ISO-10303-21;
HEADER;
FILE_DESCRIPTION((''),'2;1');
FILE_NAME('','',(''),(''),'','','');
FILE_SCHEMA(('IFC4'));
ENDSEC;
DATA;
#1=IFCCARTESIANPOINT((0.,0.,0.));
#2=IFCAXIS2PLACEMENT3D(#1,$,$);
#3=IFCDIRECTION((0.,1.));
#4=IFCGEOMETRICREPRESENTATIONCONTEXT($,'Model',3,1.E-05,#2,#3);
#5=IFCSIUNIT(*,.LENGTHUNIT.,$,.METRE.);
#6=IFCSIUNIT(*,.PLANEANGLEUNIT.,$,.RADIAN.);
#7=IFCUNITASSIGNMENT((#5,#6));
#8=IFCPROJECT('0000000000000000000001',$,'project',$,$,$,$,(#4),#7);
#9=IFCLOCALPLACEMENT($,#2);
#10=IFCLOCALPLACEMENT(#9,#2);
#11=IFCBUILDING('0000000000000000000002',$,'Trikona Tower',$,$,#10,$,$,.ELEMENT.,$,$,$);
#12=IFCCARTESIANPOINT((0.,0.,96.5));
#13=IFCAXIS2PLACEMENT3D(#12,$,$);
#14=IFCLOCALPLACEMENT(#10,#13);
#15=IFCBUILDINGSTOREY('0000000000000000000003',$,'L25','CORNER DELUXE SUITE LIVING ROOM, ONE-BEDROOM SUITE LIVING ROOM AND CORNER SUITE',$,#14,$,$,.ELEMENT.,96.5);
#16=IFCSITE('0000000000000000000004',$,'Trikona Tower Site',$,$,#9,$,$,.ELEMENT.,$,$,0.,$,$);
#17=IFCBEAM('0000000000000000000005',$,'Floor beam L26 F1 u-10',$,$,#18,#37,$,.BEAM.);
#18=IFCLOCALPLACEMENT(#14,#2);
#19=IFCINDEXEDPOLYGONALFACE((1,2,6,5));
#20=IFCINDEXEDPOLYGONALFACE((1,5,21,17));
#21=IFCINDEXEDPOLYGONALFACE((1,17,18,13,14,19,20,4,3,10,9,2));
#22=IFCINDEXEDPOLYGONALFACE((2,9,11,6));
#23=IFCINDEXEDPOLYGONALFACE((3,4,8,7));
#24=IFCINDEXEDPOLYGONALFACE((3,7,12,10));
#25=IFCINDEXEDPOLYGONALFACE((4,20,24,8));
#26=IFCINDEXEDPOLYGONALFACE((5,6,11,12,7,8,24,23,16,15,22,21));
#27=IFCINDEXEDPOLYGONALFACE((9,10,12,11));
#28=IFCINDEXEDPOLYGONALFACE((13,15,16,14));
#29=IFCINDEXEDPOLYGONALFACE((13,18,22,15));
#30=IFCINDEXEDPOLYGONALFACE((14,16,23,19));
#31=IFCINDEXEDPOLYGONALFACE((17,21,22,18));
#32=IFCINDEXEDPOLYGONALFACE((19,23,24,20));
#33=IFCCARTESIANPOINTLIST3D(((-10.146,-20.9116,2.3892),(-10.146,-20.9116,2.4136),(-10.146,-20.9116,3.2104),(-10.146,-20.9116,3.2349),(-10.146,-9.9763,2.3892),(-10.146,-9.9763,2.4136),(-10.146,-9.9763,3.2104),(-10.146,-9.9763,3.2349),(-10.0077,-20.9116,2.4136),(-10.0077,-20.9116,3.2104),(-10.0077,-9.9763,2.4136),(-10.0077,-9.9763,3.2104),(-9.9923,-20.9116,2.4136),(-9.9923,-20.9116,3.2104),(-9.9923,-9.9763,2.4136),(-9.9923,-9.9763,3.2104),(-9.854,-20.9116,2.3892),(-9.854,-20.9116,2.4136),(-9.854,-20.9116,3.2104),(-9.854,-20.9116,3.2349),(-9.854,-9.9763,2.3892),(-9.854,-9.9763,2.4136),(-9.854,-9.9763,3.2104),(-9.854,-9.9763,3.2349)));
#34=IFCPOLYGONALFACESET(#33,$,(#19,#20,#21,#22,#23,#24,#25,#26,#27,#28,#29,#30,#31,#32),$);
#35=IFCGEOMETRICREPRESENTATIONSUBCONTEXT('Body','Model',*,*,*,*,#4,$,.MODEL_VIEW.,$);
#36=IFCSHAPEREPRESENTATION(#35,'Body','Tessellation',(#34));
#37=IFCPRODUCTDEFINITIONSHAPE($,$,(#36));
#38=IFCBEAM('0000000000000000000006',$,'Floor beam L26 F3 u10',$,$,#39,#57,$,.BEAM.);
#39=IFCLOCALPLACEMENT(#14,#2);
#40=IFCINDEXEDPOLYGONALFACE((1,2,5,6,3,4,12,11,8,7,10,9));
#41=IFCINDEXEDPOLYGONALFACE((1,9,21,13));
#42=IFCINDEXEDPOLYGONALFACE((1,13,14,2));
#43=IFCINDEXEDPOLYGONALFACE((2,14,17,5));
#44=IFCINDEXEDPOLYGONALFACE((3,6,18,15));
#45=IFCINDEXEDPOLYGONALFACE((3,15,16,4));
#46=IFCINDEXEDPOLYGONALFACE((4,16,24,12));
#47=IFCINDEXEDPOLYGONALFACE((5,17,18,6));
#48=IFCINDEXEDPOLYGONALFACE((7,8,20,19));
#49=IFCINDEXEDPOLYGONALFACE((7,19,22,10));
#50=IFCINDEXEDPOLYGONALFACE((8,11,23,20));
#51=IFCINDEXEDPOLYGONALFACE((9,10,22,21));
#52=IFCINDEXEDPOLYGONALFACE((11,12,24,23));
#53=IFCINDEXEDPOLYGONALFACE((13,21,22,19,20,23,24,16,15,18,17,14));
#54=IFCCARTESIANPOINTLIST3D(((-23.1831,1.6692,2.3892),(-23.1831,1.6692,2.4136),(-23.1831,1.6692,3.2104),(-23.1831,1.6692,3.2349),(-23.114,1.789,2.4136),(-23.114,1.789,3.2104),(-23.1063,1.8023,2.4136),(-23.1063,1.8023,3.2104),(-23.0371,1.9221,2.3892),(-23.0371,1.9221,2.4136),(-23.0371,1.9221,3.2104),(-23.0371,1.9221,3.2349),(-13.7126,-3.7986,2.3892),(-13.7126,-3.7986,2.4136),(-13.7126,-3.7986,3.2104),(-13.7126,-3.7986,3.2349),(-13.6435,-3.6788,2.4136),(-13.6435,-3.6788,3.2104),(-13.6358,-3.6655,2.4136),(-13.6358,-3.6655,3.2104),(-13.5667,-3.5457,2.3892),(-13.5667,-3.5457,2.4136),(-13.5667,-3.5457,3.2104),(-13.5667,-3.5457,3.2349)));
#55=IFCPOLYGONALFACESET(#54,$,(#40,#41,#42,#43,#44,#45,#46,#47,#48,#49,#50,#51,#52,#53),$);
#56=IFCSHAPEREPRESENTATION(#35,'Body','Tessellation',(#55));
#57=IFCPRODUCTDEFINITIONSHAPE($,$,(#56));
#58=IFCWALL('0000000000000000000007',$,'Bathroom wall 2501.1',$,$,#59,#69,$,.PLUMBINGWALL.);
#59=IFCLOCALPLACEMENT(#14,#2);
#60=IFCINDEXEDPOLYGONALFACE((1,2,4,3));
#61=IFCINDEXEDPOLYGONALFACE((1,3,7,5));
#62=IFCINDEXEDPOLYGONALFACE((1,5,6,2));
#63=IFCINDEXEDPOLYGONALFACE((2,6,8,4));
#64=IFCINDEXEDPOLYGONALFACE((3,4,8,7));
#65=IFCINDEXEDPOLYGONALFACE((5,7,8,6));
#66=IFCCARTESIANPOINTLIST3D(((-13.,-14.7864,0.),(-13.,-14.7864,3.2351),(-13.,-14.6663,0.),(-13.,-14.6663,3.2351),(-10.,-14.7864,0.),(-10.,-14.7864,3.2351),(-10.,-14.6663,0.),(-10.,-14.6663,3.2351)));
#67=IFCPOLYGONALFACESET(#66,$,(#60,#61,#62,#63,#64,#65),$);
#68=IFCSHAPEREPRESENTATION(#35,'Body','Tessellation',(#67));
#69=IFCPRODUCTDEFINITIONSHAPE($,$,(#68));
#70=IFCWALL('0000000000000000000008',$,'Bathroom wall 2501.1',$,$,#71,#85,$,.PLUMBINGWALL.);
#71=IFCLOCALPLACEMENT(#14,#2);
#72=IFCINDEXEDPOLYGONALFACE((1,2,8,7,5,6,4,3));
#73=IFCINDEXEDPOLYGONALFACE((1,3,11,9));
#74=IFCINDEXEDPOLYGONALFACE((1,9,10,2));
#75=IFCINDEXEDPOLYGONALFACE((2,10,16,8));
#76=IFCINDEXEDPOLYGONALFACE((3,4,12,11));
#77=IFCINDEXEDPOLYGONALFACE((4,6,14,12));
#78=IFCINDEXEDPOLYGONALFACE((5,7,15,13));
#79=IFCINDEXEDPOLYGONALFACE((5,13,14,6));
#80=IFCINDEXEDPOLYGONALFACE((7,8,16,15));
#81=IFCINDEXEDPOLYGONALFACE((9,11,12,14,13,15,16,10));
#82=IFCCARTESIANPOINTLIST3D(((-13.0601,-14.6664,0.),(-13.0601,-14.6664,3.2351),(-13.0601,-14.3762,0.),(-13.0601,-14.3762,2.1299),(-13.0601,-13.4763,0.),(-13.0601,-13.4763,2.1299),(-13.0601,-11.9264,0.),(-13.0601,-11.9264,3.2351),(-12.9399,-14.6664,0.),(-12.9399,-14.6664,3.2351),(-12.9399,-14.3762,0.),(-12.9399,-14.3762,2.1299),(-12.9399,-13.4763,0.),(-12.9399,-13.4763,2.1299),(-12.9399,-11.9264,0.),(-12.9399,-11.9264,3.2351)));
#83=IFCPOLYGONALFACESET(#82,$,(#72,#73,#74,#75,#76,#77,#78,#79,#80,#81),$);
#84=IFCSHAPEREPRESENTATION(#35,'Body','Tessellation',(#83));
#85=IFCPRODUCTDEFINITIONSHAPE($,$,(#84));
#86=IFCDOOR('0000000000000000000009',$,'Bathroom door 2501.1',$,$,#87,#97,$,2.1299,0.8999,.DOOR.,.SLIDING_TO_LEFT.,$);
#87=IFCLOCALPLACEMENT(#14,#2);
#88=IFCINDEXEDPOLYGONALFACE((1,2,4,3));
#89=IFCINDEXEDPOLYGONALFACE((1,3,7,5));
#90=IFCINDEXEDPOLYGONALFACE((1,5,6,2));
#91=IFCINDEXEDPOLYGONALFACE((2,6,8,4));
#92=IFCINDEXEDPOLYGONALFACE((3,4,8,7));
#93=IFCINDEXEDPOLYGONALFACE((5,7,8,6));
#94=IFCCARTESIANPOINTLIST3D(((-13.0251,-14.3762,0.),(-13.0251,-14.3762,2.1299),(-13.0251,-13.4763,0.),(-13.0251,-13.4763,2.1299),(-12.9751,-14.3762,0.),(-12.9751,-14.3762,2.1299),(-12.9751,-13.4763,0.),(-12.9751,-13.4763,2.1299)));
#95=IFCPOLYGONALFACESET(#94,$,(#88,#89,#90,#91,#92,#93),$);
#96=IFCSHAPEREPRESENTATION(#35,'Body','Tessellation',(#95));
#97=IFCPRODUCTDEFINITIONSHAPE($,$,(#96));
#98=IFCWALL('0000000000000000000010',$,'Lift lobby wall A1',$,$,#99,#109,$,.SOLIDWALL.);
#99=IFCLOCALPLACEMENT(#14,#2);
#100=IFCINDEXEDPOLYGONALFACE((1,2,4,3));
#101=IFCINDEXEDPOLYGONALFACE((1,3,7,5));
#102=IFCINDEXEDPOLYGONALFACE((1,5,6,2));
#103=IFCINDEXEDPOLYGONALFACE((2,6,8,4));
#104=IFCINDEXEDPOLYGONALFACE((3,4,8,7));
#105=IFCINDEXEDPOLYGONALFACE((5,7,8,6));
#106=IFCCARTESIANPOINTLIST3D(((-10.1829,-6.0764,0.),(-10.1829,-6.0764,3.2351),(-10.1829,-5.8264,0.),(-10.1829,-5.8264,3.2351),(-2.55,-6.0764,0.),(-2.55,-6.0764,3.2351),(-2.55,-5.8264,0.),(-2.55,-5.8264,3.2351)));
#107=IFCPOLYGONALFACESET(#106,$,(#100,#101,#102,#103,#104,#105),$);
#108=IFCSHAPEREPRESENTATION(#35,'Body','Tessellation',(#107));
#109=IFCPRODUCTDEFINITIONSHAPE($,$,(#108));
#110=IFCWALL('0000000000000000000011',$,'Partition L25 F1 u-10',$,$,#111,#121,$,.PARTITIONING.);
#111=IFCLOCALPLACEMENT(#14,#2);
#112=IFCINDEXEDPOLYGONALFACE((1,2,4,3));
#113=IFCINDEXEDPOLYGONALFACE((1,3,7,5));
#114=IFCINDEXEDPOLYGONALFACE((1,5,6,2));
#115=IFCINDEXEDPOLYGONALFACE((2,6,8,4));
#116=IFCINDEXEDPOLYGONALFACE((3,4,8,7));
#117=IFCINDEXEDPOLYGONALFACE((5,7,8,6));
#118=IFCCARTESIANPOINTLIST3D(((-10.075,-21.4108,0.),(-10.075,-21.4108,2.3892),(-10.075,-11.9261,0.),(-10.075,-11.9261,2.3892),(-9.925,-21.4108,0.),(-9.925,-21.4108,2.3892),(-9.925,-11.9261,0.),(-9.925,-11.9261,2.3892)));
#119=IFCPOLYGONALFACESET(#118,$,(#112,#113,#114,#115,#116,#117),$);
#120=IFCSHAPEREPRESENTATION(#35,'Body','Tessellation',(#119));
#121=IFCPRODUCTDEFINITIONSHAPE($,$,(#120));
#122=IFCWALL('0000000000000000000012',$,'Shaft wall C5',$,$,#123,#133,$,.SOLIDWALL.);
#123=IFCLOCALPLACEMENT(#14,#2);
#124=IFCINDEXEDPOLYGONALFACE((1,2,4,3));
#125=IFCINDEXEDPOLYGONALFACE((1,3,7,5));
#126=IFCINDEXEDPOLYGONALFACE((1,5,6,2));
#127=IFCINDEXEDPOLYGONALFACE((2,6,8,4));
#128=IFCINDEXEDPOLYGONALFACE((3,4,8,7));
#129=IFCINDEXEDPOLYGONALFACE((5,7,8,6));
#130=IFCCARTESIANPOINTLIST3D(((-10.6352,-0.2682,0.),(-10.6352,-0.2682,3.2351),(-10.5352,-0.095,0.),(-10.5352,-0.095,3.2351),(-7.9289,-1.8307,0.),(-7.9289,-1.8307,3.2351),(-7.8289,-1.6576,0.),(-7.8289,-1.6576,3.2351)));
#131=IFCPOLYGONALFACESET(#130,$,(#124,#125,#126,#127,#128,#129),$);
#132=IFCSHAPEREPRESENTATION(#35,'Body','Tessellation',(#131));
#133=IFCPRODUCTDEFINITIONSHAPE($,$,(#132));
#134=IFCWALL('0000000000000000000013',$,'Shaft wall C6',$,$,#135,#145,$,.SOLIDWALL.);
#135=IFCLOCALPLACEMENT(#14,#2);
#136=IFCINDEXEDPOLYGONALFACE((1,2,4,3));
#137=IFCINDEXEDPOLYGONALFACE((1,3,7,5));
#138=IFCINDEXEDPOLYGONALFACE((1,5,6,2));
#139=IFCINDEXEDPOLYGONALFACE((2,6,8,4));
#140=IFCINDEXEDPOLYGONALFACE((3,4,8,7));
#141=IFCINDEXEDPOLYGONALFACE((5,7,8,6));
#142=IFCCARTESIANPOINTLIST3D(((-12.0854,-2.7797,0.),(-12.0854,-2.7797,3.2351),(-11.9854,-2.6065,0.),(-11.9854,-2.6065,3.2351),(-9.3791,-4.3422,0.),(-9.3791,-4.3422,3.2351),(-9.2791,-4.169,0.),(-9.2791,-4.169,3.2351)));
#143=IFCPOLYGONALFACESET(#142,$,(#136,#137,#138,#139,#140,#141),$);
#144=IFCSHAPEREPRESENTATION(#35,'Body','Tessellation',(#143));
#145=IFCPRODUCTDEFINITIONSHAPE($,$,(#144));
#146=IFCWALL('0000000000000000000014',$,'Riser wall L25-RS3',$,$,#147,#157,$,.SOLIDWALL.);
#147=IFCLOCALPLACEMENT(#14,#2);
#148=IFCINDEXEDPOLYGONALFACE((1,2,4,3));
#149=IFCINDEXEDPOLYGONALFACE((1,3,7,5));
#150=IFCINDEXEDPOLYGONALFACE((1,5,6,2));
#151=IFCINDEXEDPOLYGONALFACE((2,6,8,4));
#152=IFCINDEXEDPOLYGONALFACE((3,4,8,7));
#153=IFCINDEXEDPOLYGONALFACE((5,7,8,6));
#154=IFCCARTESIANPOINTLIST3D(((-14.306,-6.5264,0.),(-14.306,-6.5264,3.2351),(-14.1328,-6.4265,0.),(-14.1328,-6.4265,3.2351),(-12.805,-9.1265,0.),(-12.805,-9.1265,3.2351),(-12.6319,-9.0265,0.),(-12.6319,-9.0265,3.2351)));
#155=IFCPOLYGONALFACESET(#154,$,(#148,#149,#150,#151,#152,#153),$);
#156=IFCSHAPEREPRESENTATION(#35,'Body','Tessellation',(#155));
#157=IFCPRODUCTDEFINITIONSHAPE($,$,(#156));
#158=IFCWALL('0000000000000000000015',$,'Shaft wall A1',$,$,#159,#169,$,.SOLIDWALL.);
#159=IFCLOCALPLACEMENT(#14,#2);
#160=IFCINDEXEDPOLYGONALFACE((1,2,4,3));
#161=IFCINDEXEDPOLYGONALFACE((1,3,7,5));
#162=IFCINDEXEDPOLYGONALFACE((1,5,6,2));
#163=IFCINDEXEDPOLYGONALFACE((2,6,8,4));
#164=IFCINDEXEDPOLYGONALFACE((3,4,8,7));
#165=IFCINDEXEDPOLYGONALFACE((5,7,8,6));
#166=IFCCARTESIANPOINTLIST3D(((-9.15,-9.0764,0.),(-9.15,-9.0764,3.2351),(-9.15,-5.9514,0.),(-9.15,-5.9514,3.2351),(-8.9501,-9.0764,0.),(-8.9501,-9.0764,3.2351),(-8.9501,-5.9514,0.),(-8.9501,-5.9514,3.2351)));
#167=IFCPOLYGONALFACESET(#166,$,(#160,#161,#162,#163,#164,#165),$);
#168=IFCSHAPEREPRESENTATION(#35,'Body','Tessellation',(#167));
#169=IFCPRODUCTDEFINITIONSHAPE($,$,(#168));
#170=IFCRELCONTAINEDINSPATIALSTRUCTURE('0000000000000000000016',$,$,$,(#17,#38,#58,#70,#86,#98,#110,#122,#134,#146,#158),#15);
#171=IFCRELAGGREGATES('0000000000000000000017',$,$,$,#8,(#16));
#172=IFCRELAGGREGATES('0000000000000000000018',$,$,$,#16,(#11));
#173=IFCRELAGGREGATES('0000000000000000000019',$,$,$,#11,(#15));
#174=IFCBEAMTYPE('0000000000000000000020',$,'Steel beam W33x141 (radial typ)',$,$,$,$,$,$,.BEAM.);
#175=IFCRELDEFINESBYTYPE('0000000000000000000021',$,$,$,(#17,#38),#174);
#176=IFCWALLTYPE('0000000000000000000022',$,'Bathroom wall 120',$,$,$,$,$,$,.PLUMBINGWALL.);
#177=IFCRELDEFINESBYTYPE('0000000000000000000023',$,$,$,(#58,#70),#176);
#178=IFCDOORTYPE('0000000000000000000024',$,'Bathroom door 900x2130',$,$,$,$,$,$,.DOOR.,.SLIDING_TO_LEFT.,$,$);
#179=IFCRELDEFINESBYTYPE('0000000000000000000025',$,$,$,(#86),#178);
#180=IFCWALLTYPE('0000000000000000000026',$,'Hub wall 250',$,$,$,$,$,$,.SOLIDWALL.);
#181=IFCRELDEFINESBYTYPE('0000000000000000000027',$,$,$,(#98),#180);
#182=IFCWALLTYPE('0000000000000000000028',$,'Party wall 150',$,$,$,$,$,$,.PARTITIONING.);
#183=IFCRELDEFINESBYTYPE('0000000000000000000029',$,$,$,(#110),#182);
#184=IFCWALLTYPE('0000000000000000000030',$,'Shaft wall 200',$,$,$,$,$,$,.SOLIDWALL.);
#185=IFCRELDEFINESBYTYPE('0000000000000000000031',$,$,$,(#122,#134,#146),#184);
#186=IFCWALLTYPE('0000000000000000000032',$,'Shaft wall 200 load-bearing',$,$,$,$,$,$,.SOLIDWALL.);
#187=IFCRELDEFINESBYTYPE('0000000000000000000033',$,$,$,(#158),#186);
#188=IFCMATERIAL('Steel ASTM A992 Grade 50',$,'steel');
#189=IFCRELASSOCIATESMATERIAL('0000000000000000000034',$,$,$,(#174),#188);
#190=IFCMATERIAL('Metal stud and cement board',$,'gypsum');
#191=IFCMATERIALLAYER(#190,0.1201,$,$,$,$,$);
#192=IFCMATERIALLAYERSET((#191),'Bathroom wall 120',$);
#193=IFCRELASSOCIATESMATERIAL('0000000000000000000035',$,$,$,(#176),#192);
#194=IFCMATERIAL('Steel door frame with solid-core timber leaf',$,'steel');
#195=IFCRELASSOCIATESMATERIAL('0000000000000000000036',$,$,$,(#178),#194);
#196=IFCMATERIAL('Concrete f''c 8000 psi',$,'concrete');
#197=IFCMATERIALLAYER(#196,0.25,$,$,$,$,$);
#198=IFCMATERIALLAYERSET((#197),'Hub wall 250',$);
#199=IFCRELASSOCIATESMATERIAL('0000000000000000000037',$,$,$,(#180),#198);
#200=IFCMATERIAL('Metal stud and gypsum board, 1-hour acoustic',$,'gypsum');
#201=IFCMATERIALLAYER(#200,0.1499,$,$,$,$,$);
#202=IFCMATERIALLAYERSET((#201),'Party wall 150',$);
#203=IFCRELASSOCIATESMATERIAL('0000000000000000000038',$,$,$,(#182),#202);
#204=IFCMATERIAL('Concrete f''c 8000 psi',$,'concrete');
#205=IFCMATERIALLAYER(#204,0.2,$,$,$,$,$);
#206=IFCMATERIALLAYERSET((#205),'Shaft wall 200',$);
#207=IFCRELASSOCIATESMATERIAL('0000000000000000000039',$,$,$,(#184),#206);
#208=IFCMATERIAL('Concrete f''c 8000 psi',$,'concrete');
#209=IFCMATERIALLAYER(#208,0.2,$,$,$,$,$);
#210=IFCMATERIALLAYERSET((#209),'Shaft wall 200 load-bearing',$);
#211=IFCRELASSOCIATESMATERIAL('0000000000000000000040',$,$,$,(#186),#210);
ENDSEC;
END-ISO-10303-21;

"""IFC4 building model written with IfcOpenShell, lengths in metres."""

from ifc_helpers import new_model, si_unit, direction, frame, frame_2d, origin, origin_2d, place, context, subcontext, project, spatial, rectangle, i_section, extrude, material, layer, layer_set, material_profile, profile_set, type_object, element, fill, save


model = new_model("IFC4")

# Units and contexts
model_context = context("Model", 3, precision=1e-05, world=origin(), true_north=direction((0.0, 1.0)))
body_context = subcontext(model_context, "Body", "Model", "MODEL_VIEW")
ifc_project = project(units=[si_unit("LENGTHUNIT", "METRE"), si_unit("PLANEANGLEUNIT", "RADIAN")], contexts=[model_context])

# Site, building, storey
site_placement = place(None, origin())
site = spatial("IfcSite", under=ifc_project, at=site_placement, Name="Trikona Tower Site", CompositionType="ELEMENT", RefElevation=0.0)
building_placement = place(site_placement, origin())
building = spatial("IfcBuilding", under=site, at=building_placement, Name="Trikona Tower", CompositionType="ELEMENT")
storey_placement = place(building_placement, frame((0.0, 0.0, 96.5)))
storey = spatial("IfcBuildingStorey", under=building, at=storey_placement, Name="L25", Description="CORNER DELUXE SUITE LIVING ROOM, ONE-BEDROOM SUITE LIVING ROOM AND CORNER SUITE", CompositionType="ELEMENT", Elevation=96.5)

# Beams
ifc_material_1 = material(Name="Steel ASTM A992 Grade 50", Category="steel")
ifc_material_profile = material_profile(ifc_material_1, i_section(OverallWidth=0.292, OverallDepth=0.8457, WebThickness=0.0154, FlangeThickness=0.0244, at=origin_2d()), Name="W33X141")
ifc_profile_set = profile_set([ifc_material_profile], Name="Steel ASTM A992 Grade 50")
beam_type = type_object("IfcBeamType", Name="Steel beam W33x141 (radial typ)", PredefinedType="BEAM", material=ifc_profile_set)
beam_1_placement = place(storey_placement, frame((-10.0, -9.9763, 2.812), z_axis=(0.0, -1.0, 0.0), x_axis=(1.0, 0.0, 0.0)))
element("IfcBeam", 1, at=beam_1_placement, inside=storey, type_object=beam_type, Name="Floor beam L26 F1 u-10", PredefinedType="BEAM", context=body_context, shape_type="SweptSolid", body=[
    extrude(i_section(OverallWidth=0.292, OverallDepth=0.8457, WebThickness=0.0154, FlangeThickness=0.0244, at=origin_2d()), origin(), (0.0, 0.0, 1.0), 10.9353),
])
beam_2_placement = place(storey_placement, frame((-13.6396, -3.6721, 2.812), z_axis=(-0.866025, 0.5, 0.0), x_axis=(-0.5, -0.866025, 0.0)))
element("IfcBeam", 2, at=beam_2_placement, inside=storey, type_object=beam_type, Name="Floor beam L26 F3 u10", PredefinedType="BEAM", context=body_context, shape_type="SweptSolid", body=[
    extrude(i_section(OverallWidth=0.292, OverallDepth=0.8457, WebThickness=0.0154, FlangeThickness=0.0244, at=origin_2d()), origin(), (0.0, 0.0, 1.0), 10.9355),
])

# Wall
ifc_material_2 = material(Name="Metal stud and cement board", Category="gypsum")
ifc_layer_1 = layer(ifc_material_2, 0.1201)
ifc_layer_set_1 = layer_set([ifc_layer_1], Name="Bathroom wall 120")
wall_type_1 = type_object("IfcWallType", Name="Bathroom wall 120", PredefinedType="PLUMBINGWALL", material=ifc_layer_set_1)
wall_1_placement = place(storey_placement, frame((-13.0, -14.7263, 0.0), z_axis=(0.0, 0.0, 1.0), x_axis=(1.0, 0.0, 0.0)))
element("IfcWall", 3, at=wall_1_placement, inside=storey, type_object=wall_type_1, Name="Bathroom wall 2501.1", PredefinedType="PLUMBINGWALL", context=body_context, shape_type="SweptSolid", body=[
    extrude(rectangle(XDim=3.0, YDim=0.1201, at=frame_2d((1.5, 0.0))), origin(), (0.0, 0.0, 1.0), 3.2351),
])

# Wall, opening, door
wall_2_placement = place(storey_placement, frame((-13.0, -11.9263, 0.0), z_axis=(0.0, 0.0, 1.0), x_axis=(0.0, -1.0, 0.0)))
wall_2 = element("IfcWall", 4, at=wall_2_placement, inside=storey, type_object=wall_type_1, Name="Bathroom wall 2501.1", PredefinedType="PLUMBINGWALL", context=body_context, shape_type="SweptSolid", body=[
    extrude(rectangle(XDim=2.74, YDim=0.1201, at=frame_2d((1.3701, 0.0))), origin(), (0.0, 0.0, 1.0), 3.2351),
])
opening_1_placement = place(wall_2_placement, frame((1.55, 0.0, 0.0)))
opening_1 = element("IfcOpeningElement", 5, at=opening_1_placement, cuts=wall_2, PredefinedType="OPENING", context=body_context, shape_type="SweptSolid", body=[
    extrude(rectangle(XDim=0.8999, YDim=2.1299, at=frame_2d((0.45, 1.0649))), frame((0.0, 0.0701, 0.0), z_axis=(0.0, -1.0, 0.0), x_axis=(1.0, 0.0, 0.0)), (0.0, 0.0, 1.0), 0.1401),
])
ifc_material_3 = material(Name="Steel door frame with solid-core timber leaf", Category="steel")
door_type_1 = type_object("IfcDoorType", Name="Bathroom door 900x2130", OperationType="SLIDING_TO_LEFT", PredefinedType="DOOR", material=ifc_material_3)
door_1_placement = place(opening_1_placement, origin())
door_1 = element("IfcDoor", 6, at=door_1_placement, inside=storey, type_object=door_type_1, Name="Bathroom door 2501.1", OperationType="SLIDING_TO_LEFT", OverallHeight=2.1299, OverallWidth=0.8999, PredefinedType="DOOR", context=body_context, shape_type="SweptSolid", body=[
    extrude(rectangle(XDim=0.8999, YDim=2.1299, at=frame_2d((0.45, 1.0649))), frame((0.0, 0.0249, 0.0), z_axis=(0.0, -1.0, 0.0), x_axis=(1.0, 0.0, 0.0)), (0.0, 0.0, 1.0), 0.05),
])
fill(opening_1, door_1)

# Walls
ifc_material_4 = material(Name="Concrete f'c 8000 psi", Category="concrete")
ifc_layer_2 = layer(ifc_material_4, 0.25)
ifc_layer_set_2 = layer_set([ifc_layer_2], Name="Hub wall 250")
wall_type_2 = type_object("IfcWallType", Name="Hub wall 250", PredefinedType="SOLIDWALL", material=ifc_layer_set_2)
wall_3_placement = place(storey_placement, frame((-10.1829, -5.9514, 0.0), z_axis=(0.0, 0.0, 1.0), x_axis=(1.0, 0.0, 0.0)))
element("IfcWall", 7, at=wall_3_placement, inside=storey, type_object=wall_type_2, Name="Lift lobby wall A1", PredefinedType="SOLIDWALL", context=body_context, shape_type="SweptSolid", body=[
    extrude(rectangle(XDim=7.6328, YDim=0.25, at=frame_2d((3.8164, 0.0))), origin(), (0.0, 0.0, 1.0), 3.2351),
])
ifc_material_5 = material(Name="Metal stud and gypsum board, 1-hour acoustic", Category="gypsum")
ifc_layer_3 = layer(ifc_material_5, 0.1499)
ifc_layer_set_3 = layer_set([ifc_layer_3], Name="Party wall 150")
wall_type_3 = type_object("IfcWallType", Name="Party wall 150", PredefinedType="PARTITIONING", material=ifc_layer_set_3)
wall_4_placement = place(storey_placement, frame((-10.0, -11.9263, 0.0), z_axis=(0.0, 0.0, 1.0), x_axis=(0.0, -1.0, 0.0)))
element("IfcWall", 8, at=wall_4_placement, inside=storey, type_object=wall_type_3, Name="Partition L25 F1 u-10", PredefinedType="PARTITIONING", context=body_context, shape_type="SweptSolid", body=[
    extrude(rectangle(XDim=9.4846, YDim=0.1499, at=frame_2d((4.7422, 0.0))), origin(), (0.0, 0.0, 1.0), 2.3892),
])
ifc_material_6 = material(Name="Concrete f'c 8000 psi", Category="concrete")
ifc_layer_4 = layer(ifc_material_6, 0.2)
ifc_layer_set_4 = layer_set([ifc_layer_4], Name="Shaft wall 200")
wall_type_4 = type_object("IfcWallType", Name="Shaft wall 200", PredefinedType="SOLIDWALL", material=ifc_layer_set_4)
for number, where, z_axis, x_axis, name in (
    (9, (-7.8789, -1.7441, 0.0), (0.0, 0.0, 1.0), (-0.866023, 0.500004, 0.0), "Shaft wall C5"),
    (10, (-9.3291, -4.2556, 0.0), (0.0, 0.0, 1.0), (-0.866023, 0.500004, 0.0), "Shaft wall C6"),
):
    element("IfcWall", number, at=place(storey_placement, frame(where, z_axis=z_axis, x_axis=x_axis)), inside=storey, type_object=wall_type_4, Name=name, PredefinedType="SOLIDWALL", context=body_context, shape_type="SweptSolid", body=[
        extrude(rectangle(XDim=3.125, YDim=0.2, at=frame_2d((1.5625, 0.0))), origin(), (0.0, 0.0, 1.0), 3.2351),
    ])
wall_5_placement = place(storey_placement, frame((-12.7185, -9.0764, 0.0), z_axis=(0.0, 0.0, 1.0), x_axis=(-0.499952, 0.866053, 0.0)))
element("IfcWall", 11, at=wall_5_placement, inside=storey, type_object=wall_type_4, Name="Riser wall L25-RS3", PredefinedType="SOLIDWALL", context=body_context, shape_type="SweptSolid", body=[
    extrude(rectangle(XDim=3.0022, YDim=0.2, at=frame_2d((1.501, 0.0))), origin(), (0.0, 0.0, 1.0), 3.2351),
])
ifc_material_7 = material(Name="Concrete f'c 8000 psi", Category="concrete")
ifc_layer_5 = layer(ifc_material_7, 0.2)
ifc_layer_set_5 = layer_set([ifc_layer_5], Name="Shaft wall 200 load-bearing")
wall_type_5 = type_object("IfcWallType", Name="Shaft wall 200 load-bearing", PredefinedType="SOLIDWALL", material=ifc_layer_set_5)
wall_6_placement = place(storey_placement, frame((-9.05, -5.9514, 0.0), z_axis=(0.0, 0.0, 1.0), x_axis=(0.0, -1.0, 0.0)))
element("IfcWall", 12, at=wall_6_placement, inside=storey, type_object=wall_type_5, Name="Shaft wall A1", PredefinedType="SOLIDWALL", context=body_context, shape_type="SweptSolid", body=[
    extrude(rectangle(XDim=3.125, YDim=0.2, at=frame_2d((1.5625, 0.0))), origin(), (0.0, 0.0, 1.0), 3.2351),
])

save(model, "model.ifc")
